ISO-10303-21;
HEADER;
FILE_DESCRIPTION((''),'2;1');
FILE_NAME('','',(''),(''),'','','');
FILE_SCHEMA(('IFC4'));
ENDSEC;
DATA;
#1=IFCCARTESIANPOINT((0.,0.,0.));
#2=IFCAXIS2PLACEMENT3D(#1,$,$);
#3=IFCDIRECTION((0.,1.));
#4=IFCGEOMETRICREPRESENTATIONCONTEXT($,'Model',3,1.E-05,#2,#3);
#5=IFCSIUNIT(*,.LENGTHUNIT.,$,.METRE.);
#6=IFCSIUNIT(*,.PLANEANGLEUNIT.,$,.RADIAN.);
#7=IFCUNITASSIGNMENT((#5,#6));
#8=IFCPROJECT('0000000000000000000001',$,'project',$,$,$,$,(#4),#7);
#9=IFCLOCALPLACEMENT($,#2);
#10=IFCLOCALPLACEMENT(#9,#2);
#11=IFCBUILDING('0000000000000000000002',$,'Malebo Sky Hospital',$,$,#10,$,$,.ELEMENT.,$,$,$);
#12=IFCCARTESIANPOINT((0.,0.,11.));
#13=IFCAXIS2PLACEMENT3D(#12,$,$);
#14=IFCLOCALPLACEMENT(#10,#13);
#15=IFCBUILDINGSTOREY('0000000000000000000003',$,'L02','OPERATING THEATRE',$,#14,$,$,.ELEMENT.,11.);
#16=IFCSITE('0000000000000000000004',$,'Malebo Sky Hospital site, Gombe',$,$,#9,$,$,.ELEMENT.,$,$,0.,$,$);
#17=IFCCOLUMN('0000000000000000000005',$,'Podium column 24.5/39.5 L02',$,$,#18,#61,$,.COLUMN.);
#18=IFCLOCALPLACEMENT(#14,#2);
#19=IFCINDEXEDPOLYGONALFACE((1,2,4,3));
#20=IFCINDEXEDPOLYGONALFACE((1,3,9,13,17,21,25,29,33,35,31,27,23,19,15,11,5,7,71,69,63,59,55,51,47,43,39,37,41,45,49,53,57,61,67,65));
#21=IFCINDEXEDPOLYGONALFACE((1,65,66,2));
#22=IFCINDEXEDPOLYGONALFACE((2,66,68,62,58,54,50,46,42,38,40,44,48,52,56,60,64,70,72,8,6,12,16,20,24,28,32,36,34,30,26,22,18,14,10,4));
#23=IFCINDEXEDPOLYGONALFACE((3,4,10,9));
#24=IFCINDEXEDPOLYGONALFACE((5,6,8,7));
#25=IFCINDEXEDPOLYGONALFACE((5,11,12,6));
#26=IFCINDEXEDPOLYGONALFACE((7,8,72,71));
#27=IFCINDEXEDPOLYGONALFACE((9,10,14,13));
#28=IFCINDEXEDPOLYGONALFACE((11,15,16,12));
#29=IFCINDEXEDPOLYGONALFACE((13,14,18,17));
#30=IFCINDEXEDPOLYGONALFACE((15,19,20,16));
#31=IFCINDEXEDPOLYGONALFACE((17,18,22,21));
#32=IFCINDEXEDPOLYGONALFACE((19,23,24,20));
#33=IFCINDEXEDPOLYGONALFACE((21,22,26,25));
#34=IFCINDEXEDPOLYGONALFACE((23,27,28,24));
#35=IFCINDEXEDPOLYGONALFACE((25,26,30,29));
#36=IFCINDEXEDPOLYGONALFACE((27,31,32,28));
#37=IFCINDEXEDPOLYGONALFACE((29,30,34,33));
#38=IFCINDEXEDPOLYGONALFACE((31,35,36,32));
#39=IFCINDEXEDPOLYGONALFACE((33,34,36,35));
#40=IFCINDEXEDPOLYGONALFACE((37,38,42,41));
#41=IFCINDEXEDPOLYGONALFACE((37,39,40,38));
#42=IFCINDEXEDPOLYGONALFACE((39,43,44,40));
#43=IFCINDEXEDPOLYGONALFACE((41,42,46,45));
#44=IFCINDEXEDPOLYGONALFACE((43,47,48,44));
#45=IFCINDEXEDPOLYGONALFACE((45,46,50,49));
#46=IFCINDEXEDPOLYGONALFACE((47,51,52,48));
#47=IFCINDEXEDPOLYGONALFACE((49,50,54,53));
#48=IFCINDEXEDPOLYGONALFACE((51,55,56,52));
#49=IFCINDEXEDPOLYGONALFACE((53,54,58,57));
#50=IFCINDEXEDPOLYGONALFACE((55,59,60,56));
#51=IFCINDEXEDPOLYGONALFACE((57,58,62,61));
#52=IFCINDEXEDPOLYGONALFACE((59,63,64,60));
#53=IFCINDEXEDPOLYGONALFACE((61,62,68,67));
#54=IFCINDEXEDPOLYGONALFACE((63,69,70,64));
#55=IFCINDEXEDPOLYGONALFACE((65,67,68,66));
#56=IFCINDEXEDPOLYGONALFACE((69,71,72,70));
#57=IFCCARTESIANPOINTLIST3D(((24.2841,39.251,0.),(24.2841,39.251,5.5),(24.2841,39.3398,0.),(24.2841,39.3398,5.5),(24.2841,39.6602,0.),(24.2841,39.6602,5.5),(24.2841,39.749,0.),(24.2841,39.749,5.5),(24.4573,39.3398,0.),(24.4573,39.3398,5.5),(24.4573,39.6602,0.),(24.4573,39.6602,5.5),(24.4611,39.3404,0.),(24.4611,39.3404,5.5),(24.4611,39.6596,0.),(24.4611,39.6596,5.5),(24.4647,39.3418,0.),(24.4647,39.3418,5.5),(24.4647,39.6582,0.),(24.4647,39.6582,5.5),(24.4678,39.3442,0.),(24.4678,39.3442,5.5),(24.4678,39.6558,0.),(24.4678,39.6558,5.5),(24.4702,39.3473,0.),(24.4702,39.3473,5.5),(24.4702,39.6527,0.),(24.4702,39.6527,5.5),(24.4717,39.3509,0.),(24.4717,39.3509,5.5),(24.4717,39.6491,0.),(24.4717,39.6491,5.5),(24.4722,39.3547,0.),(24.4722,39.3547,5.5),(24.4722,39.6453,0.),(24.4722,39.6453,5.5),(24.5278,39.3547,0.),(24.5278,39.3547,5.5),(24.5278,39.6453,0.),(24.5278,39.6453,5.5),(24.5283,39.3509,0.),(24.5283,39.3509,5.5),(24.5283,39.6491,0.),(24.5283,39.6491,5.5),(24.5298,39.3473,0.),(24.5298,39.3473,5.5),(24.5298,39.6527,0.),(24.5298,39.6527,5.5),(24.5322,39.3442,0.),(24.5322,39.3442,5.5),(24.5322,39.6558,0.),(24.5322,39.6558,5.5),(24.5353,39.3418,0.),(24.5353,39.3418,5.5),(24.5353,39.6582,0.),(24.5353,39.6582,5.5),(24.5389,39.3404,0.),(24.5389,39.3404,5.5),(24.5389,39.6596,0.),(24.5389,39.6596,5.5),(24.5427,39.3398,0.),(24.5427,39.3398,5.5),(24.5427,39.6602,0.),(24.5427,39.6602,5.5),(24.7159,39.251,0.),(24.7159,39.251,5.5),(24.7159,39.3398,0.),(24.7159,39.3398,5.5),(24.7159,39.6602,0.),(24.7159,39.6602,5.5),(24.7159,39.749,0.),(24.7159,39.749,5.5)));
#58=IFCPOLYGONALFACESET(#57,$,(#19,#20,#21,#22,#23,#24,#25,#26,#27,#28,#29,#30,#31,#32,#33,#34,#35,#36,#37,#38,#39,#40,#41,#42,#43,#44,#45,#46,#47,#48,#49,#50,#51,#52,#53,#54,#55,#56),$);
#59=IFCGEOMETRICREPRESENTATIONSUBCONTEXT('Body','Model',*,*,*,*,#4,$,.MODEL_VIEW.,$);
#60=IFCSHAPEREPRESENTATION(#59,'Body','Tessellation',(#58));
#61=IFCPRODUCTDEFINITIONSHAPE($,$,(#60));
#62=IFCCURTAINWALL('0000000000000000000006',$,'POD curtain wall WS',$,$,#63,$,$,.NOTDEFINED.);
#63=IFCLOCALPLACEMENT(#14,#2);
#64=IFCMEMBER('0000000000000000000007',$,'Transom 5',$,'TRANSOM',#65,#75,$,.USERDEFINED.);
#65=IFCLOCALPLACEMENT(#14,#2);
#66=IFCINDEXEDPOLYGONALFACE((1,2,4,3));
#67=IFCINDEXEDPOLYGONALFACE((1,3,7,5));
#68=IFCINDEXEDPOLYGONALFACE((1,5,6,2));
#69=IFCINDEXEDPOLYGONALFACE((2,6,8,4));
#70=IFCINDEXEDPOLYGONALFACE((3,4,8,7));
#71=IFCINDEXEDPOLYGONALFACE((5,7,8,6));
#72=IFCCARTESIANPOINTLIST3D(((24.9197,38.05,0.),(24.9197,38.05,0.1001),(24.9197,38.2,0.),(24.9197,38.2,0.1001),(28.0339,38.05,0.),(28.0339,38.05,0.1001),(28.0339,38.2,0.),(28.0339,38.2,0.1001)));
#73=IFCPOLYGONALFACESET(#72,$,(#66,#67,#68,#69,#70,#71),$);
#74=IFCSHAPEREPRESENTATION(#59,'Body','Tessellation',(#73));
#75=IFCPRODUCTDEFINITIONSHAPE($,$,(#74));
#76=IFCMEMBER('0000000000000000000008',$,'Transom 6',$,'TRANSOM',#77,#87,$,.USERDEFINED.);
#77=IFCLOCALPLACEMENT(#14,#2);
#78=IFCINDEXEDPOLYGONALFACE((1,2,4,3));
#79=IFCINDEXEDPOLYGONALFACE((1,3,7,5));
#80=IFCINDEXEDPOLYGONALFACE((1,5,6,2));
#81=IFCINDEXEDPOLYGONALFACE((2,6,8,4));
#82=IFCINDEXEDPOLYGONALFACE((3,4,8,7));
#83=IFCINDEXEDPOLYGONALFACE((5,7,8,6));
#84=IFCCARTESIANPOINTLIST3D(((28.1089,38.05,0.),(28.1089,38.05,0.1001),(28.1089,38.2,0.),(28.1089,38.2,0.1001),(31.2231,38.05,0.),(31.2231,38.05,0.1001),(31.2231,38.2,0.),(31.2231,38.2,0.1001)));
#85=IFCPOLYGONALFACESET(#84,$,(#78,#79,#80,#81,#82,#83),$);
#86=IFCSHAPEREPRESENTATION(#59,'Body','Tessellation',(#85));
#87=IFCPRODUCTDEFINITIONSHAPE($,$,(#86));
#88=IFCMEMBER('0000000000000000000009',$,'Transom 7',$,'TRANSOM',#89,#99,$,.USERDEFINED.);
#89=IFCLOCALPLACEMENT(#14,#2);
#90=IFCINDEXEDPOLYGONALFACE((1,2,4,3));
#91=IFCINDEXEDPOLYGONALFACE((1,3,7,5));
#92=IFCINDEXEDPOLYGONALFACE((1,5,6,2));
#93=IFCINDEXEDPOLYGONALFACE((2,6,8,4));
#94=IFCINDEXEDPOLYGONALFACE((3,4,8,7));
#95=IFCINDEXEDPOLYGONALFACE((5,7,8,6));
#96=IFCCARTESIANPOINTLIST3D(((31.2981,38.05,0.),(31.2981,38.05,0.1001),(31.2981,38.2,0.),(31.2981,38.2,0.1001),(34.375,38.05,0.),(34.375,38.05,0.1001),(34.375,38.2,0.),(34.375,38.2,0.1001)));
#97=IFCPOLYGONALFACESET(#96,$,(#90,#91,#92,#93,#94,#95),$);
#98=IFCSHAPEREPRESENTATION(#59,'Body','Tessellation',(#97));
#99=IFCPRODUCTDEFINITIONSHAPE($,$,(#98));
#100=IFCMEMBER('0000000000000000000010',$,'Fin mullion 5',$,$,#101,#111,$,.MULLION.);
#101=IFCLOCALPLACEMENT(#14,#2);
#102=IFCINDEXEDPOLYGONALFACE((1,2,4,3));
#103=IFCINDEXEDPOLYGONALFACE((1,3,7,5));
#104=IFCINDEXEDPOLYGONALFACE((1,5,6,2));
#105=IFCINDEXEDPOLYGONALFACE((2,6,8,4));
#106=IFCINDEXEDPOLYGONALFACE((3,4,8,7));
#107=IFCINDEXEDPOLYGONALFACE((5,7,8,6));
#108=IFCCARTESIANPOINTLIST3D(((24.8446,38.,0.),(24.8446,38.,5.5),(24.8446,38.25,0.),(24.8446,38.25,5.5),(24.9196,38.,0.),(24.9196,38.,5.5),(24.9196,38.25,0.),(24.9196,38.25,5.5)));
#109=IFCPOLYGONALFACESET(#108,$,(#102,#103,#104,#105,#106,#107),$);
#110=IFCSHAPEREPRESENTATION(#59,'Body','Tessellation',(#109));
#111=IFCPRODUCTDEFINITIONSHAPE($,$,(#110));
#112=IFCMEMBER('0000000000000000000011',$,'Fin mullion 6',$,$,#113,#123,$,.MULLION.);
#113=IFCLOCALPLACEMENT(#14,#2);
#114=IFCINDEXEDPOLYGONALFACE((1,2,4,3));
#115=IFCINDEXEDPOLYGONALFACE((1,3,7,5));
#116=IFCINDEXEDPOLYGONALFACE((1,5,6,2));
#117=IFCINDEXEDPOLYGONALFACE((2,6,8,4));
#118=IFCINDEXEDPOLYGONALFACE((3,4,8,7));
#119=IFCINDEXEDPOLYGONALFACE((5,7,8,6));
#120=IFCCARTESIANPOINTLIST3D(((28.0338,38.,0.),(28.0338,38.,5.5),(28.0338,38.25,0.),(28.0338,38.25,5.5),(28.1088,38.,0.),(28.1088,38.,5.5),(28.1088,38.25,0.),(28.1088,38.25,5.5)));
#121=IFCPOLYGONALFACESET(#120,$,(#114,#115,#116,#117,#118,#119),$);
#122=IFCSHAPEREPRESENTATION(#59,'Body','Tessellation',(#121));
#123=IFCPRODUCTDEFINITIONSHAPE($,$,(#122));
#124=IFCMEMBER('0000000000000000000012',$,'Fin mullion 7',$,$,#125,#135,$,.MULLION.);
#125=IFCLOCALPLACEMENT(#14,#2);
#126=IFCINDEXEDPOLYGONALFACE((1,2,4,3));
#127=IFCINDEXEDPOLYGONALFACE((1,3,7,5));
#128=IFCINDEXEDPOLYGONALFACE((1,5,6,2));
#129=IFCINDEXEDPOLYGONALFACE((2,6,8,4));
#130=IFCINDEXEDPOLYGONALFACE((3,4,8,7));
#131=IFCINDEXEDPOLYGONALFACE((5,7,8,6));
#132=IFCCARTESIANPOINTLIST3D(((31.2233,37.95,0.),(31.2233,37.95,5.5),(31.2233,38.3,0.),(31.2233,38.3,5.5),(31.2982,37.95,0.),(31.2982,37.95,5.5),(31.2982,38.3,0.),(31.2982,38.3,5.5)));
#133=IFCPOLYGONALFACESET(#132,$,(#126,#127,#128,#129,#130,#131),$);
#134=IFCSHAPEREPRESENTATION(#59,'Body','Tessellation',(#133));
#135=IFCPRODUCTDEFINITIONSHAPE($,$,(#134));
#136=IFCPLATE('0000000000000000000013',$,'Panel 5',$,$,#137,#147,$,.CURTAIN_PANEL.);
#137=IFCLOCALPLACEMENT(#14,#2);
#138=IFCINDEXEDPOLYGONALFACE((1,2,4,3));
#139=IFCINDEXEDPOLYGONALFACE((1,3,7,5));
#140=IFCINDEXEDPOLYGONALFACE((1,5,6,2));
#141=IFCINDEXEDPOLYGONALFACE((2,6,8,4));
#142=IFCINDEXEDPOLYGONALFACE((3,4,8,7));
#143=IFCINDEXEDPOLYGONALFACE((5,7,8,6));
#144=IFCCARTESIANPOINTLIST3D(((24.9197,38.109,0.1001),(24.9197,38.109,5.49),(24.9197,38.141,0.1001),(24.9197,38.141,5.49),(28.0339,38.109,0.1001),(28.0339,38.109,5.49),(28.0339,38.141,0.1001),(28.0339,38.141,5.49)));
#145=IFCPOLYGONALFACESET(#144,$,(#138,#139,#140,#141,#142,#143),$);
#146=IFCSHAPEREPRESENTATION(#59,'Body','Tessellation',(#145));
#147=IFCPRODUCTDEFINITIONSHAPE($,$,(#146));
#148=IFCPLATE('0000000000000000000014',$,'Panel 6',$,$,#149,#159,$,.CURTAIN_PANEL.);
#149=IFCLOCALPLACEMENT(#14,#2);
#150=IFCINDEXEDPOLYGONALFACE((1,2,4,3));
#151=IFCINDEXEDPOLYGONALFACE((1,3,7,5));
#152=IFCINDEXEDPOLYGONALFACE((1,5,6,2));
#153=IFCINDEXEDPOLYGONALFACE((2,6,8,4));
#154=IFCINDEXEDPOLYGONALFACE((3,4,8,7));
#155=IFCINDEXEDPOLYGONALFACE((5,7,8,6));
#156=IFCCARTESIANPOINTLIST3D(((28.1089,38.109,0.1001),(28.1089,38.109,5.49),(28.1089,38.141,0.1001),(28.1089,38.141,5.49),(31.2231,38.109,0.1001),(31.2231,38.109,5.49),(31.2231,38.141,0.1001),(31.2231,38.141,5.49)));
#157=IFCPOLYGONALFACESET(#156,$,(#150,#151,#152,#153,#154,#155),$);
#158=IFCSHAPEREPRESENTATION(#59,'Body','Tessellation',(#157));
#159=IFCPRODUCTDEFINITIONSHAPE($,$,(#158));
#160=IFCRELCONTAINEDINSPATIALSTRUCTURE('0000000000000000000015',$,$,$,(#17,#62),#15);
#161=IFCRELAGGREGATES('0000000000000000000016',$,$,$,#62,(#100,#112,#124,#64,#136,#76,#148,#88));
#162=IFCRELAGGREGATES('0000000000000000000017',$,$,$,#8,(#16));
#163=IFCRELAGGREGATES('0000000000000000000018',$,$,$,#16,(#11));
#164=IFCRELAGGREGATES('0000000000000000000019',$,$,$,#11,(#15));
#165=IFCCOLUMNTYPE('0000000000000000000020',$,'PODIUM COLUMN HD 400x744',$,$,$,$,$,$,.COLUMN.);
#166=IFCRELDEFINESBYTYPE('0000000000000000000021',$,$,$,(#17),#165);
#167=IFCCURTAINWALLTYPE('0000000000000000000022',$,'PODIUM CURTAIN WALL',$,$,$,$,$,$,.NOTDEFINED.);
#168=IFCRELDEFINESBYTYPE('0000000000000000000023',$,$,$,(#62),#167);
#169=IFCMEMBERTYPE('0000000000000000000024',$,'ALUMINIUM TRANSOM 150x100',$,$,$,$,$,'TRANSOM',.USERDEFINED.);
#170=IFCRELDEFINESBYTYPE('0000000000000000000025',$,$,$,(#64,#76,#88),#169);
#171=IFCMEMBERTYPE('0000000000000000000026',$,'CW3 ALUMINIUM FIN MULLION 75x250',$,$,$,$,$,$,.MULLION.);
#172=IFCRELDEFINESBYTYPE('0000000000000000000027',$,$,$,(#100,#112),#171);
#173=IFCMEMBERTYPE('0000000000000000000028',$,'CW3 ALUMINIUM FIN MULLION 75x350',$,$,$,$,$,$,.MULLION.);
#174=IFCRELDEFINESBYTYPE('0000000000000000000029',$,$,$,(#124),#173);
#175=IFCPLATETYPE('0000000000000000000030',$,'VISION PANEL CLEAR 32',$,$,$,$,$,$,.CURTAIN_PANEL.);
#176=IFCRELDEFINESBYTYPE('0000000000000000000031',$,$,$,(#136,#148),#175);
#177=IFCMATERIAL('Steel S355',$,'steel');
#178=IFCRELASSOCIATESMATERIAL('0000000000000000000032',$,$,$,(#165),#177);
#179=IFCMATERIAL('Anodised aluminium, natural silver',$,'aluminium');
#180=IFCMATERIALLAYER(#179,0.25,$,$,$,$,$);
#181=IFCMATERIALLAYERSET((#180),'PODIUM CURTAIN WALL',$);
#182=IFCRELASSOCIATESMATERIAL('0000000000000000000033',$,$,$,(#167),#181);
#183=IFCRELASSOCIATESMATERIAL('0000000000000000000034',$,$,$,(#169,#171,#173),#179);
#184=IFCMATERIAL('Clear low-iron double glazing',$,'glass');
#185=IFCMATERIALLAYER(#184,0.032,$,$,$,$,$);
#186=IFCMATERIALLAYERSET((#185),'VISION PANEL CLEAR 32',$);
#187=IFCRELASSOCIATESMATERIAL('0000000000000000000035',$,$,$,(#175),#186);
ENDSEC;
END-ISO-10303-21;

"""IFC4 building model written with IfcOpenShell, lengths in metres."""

from ifc_helpers import new_model, si_unit, direction, frame, origin, origin_2d, place, context, subcontext, project, spatial, rectangle, i_section, extrude, material, layer, layer_set, material_profile, profile_set, type_object, element, aggregate, save


model = new_model("IFC4")

# Units and contexts
model_context = context("Model", 3, precision=1e-05, world=origin(), true_north=direction((0.0, 1.0)))
body_context = subcontext(model_context, "Body", "Model", "MODEL_VIEW")
ifc_project = project(units=[si_unit("LENGTHUNIT", "METRE"), si_unit("PLANEANGLEUNIT", "RADIAN")], contexts=[model_context])

# Site, building, storey
site_placement = place(None, origin())
site = spatial("IfcSite", under=ifc_project, at=site_placement, Name="Malebo Sky Hospital site, Gombe", CompositionType="ELEMENT", RefElevation=0.0)
building_placement = place(site_placement, origin())
building = spatial("IfcBuilding", under=site, at=building_placement, Name="Malebo Sky Hospital", CompositionType="ELEMENT")
storey_placement = place(building_placement, frame((0.0, 0.0, 11.0)))
storey = spatial("IfcBuildingStorey", under=building, at=storey_placement, Name="L02", Description="OPERATING THEATRE", CompositionType="ELEMENT", Elevation=11.0)

# Column
ifc_material_1 = material(Name="Steel S355", Category="steel")
ifc_material_profile_1 = material_profile(ifc_material_1, i_section(OverallWidth=0.4319, OverallDepth=0.498, WebThickness=0.0557, FlangeThickness=0.0889, FilletRadius=0.0149, at=origin_2d()), Name="HD 400x744")
ifc_profile_set_1 = profile_set([ifc_material_profile_1], Name="Steel S355")
column_type = type_object("IfcColumnType", Name="PODIUM COLUMN HD 400x744", PredefinedType="COLUMN", material=ifc_profile_set_1)
column_placement = place(storey_placement, frame((24.5, 39.5, 0.0), z_axis=(0.0, 0.0, 1.0), x_axis=(1.0, 0.0, 0.0)))
element("IfcColumn", 1, at=column_placement, inside=storey, type_object=column_type, Name="Podium column 24.5/39.5 L02", PredefinedType="COLUMN", context=body_context, shape_type="SweptSolid", body=[
    extrude(i_section(OverallWidth=0.4319, OverallDepth=0.498, WebThickness=0.0557, FlangeThickness=0.0889, FilletRadius=0.0149, at=origin_2d()), origin(), (0.0, 0.0, 1.0), 5.5),
])

# Curtain wall, members, plates
ifc_material_2 = material(Name="Anodised aluminium, natural silver", Category="aluminium")
ifc_layer_1 = layer(ifc_material_2, 0.25)
ifc_layer_set_1 = layer_set([ifc_layer_1], Name="PODIUM CURTAIN WALL")
curtain_wall_type = type_object("IfcCurtainWallType", Name="PODIUM CURTAIN WALL", PredefinedType="NOTDEFINED", material=ifc_layer_set_1)
curtain_wall_placement = place(storey_placement, origin())
curtain_wall = element("IfcCurtainWall", 2, at=curtain_wall_placement, inside=storey, type_object=curtain_wall_type, Name="POD curtain wall WS", PredefinedType="NOTDEFINED")
ifc_material_profile_2 = material_profile(ifc_material_2, rectangle(XDim=0.1499, YDim=0.1001, at=origin_2d()), Name="ALUMINIUM TRANSOM 150x100")
ifc_profile_set_2 = profile_set([ifc_material_profile_2], Name="Anodised aluminium, natural silver")
member_type_1 = type_object("IfcMemberType", Name="ALUMINIUM TRANSOM 150x100", ElementType="TRANSOM", PredefinedType="USERDEFINED", material=ifc_profile_set_2)
member_1_placement = place(storey_placement, frame((24.9197, 38.125, 0.05), z_axis=(1.0, 0.0, 0.0), x_axis=(0.0, 1.0, 0.0)))
member_1 = element("IfcMember", 3, at=member_1_placement, type_object=member_type_1, Name="Transom 5", ObjectType="TRANSOM", PredefinedType="USERDEFINED", context=body_context, shape_type="SweptSolid", body=[
    extrude(rectangle(XDim=0.1499, YDim=0.1001, at=origin_2d()), origin(), (0.0, 0.0, 1.0), 3.1143),
])
member_2_placement = place(storey_placement, frame((28.1089, 38.125, 0.05), z_axis=(1.0, 0.0, 0.0), x_axis=(0.0, 1.0, 0.0)))
member_2 = element("IfcMember", 4, at=member_2_placement, type_object=member_type_1, Name="Transom 6", ObjectType="TRANSOM", PredefinedType="USERDEFINED", context=body_context, shape_type="SweptSolid", body=[
    extrude(rectangle(XDim=0.1499, YDim=0.1001, at=origin_2d()), origin(), (0.0, 0.0, 1.0), 3.1143),
])
member_3_placement = place(storey_placement, frame((31.2981, 38.125, 0.05), z_axis=(1.0, 0.0, 0.0), x_axis=(0.0, 1.0, 0.0)))
member_3 = element("IfcMember", 5, at=member_3_placement, type_object=member_type_1, Name="Transom 7", ObjectType="TRANSOM", PredefinedType="USERDEFINED", context=body_context, shape_type="SweptSolid", body=[
    extrude(rectangle(XDim=0.1499, YDim=0.1001, at=origin_2d()), origin(), (0.0, 0.0, 1.0), 3.0769),
])
ifc_material_profile_3 = material_profile(ifc_material_2, rectangle(XDim=0.075, YDim=0.25, at=origin_2d()), Name="CW3 ALUMINIUM FIN MULLION 75x250")
ifc_profile_set_3 = profile_set([ifc_material_profile_3], Name="Anodised aluminium, natural silver")
member_type_2 = type_object("IfcMemberType", Name="CW3 ALUMINIUM FIN MULLION 75x250", PredefinedType="MULLION", material=ifc_profile_set_3)
member_4_placement = place(storey_placement, frame((24.8821, 38.125, 0.0), z_axis=(0.0, 0.0, 1.0), x_axis=(1.0, 0.0, 0.0)))
member_4 = element("IfcMember", 6, at=member_4_placement, type_object=member_type_2, Name="Fin mullion 5", PredefinedType="MULLION", context=body_context, shape_type="SweptSolid", body=[
    extrude(rectangle(XDim=0.075, YDim=0.25, at=origin_2d()), origin(), (0.0, 0.0, 1.0), 5.5),
])
member_5_placement = place(storey_placement, frame((28.0713, 38.125, 0.0), z_axis=(0.0, 0.0, 1.0), x_axis=(1.0, 0.0, 0.0)))
member_5 = element("IfcMember", 7, at=member_5_placement, type_object=member_type_2, Name="Fin mullion 6", PredefinedType="MULLION", context=body_context, shape_type="SweptSolid", body=[
    extrude(rectangle(XDim=0.075, YDim=0.25, at=origin_2d()), origin(), (0.0, 0.0, 1.0), 5.5),
])
ifc_material_profile_4 = material_profile(ifc_material_2, rectangle(XDim=0.075, YDim=0.3501, at=origin_2d()), Name="CW3 ALUMINIUM FIN MULLION 75x350")
ifc_profile_set_4 = profile_set([ifc_material_profile_4], Name="Anodised aluminium, natural silver")
member_type_3 = type_object("IfcMemberType", Name="CW3 ALUMINIUM FIN MULLION 75x350", PredefinedType="MULLION", material=ifc_profile_set_4)
member_6_placement = place(storey_placement, frame((31.2607, 38.125, 0.0), z_axis=(0.0, 0.0, 1.0), x_axis=(1.0, 0.0, 0.0)))
member_6 = element("IfcMember", 8, at=member_6_placement, type_object=member_type_3, Name="Fin mullion 7", PredefinedType="MULLION", context=body_context, shape_type="SweptSolid", body=[
    extrude(rectangle(XDim=0.075, YDim=0.3501, at=origin_2d()), origin(), (0.0, 0.0, 1.0), 5.5),
])
ifc_material_3 = material(Name="Clear low-iron double glazing", Category="glass")
ifc_layer_2 = layer(ifc_material_3, 0.032)
ifc_layer_set_2 = layer_set([ifc_layer_2], Name="VISION PANEL CLEAR 32")
plate_type = type_object("IfcPlateType", Name="VISION PANEL CLEAR 32", PredefinedType="CURTAIN_PANEL", material=ifc_layer_set_2)
plate_1_placement = place(storey_placement, frame((26.4768, 38.125, 0.1001), z_axis=(0.0, 0.0, 1.0), x_axis=(1.0, 0.0, 0.0)))
plate_1 = element("IfcPlate", 9, at=plate_1_placement, type_object=plate_type, Name="Panel 5", PredefinedType="CURTAIN_PANEL", context=body_context, shape_type="SweptSolid", body=[
    extrude(rectangle(XDim=3.1143, YDim=0.032, at=origin_2d()), origin(), (0.0, 0.0, 1.0), 5.3899),
])
plate_2_placement = place(storey_placement, frame((29.666, 38.125, 0.1001), z_axis=(0.0, 0.0, 1.0), x_axis=(1.0, 0.0, 0.0)))
plate_2 = element("IfcPlate", 10, at=plate_2_placement, type_object=plate_type, Name="Panel 6", PredefinedType="CURTAIN_PANEL", context=body_context, shape_type="SweptSolid", body=[
    extrude(rectangle(XDim=3.1143, YDim=0.032, at=origin_2d()), origin(), (0.0, 0.0, 1.0), 5.3899),
])
aggregate(curtain_wall, [member_4, member_5, member_6, member_1, plate_1, member_2, plate_2, member_3])

save(model, "model.ifc")
